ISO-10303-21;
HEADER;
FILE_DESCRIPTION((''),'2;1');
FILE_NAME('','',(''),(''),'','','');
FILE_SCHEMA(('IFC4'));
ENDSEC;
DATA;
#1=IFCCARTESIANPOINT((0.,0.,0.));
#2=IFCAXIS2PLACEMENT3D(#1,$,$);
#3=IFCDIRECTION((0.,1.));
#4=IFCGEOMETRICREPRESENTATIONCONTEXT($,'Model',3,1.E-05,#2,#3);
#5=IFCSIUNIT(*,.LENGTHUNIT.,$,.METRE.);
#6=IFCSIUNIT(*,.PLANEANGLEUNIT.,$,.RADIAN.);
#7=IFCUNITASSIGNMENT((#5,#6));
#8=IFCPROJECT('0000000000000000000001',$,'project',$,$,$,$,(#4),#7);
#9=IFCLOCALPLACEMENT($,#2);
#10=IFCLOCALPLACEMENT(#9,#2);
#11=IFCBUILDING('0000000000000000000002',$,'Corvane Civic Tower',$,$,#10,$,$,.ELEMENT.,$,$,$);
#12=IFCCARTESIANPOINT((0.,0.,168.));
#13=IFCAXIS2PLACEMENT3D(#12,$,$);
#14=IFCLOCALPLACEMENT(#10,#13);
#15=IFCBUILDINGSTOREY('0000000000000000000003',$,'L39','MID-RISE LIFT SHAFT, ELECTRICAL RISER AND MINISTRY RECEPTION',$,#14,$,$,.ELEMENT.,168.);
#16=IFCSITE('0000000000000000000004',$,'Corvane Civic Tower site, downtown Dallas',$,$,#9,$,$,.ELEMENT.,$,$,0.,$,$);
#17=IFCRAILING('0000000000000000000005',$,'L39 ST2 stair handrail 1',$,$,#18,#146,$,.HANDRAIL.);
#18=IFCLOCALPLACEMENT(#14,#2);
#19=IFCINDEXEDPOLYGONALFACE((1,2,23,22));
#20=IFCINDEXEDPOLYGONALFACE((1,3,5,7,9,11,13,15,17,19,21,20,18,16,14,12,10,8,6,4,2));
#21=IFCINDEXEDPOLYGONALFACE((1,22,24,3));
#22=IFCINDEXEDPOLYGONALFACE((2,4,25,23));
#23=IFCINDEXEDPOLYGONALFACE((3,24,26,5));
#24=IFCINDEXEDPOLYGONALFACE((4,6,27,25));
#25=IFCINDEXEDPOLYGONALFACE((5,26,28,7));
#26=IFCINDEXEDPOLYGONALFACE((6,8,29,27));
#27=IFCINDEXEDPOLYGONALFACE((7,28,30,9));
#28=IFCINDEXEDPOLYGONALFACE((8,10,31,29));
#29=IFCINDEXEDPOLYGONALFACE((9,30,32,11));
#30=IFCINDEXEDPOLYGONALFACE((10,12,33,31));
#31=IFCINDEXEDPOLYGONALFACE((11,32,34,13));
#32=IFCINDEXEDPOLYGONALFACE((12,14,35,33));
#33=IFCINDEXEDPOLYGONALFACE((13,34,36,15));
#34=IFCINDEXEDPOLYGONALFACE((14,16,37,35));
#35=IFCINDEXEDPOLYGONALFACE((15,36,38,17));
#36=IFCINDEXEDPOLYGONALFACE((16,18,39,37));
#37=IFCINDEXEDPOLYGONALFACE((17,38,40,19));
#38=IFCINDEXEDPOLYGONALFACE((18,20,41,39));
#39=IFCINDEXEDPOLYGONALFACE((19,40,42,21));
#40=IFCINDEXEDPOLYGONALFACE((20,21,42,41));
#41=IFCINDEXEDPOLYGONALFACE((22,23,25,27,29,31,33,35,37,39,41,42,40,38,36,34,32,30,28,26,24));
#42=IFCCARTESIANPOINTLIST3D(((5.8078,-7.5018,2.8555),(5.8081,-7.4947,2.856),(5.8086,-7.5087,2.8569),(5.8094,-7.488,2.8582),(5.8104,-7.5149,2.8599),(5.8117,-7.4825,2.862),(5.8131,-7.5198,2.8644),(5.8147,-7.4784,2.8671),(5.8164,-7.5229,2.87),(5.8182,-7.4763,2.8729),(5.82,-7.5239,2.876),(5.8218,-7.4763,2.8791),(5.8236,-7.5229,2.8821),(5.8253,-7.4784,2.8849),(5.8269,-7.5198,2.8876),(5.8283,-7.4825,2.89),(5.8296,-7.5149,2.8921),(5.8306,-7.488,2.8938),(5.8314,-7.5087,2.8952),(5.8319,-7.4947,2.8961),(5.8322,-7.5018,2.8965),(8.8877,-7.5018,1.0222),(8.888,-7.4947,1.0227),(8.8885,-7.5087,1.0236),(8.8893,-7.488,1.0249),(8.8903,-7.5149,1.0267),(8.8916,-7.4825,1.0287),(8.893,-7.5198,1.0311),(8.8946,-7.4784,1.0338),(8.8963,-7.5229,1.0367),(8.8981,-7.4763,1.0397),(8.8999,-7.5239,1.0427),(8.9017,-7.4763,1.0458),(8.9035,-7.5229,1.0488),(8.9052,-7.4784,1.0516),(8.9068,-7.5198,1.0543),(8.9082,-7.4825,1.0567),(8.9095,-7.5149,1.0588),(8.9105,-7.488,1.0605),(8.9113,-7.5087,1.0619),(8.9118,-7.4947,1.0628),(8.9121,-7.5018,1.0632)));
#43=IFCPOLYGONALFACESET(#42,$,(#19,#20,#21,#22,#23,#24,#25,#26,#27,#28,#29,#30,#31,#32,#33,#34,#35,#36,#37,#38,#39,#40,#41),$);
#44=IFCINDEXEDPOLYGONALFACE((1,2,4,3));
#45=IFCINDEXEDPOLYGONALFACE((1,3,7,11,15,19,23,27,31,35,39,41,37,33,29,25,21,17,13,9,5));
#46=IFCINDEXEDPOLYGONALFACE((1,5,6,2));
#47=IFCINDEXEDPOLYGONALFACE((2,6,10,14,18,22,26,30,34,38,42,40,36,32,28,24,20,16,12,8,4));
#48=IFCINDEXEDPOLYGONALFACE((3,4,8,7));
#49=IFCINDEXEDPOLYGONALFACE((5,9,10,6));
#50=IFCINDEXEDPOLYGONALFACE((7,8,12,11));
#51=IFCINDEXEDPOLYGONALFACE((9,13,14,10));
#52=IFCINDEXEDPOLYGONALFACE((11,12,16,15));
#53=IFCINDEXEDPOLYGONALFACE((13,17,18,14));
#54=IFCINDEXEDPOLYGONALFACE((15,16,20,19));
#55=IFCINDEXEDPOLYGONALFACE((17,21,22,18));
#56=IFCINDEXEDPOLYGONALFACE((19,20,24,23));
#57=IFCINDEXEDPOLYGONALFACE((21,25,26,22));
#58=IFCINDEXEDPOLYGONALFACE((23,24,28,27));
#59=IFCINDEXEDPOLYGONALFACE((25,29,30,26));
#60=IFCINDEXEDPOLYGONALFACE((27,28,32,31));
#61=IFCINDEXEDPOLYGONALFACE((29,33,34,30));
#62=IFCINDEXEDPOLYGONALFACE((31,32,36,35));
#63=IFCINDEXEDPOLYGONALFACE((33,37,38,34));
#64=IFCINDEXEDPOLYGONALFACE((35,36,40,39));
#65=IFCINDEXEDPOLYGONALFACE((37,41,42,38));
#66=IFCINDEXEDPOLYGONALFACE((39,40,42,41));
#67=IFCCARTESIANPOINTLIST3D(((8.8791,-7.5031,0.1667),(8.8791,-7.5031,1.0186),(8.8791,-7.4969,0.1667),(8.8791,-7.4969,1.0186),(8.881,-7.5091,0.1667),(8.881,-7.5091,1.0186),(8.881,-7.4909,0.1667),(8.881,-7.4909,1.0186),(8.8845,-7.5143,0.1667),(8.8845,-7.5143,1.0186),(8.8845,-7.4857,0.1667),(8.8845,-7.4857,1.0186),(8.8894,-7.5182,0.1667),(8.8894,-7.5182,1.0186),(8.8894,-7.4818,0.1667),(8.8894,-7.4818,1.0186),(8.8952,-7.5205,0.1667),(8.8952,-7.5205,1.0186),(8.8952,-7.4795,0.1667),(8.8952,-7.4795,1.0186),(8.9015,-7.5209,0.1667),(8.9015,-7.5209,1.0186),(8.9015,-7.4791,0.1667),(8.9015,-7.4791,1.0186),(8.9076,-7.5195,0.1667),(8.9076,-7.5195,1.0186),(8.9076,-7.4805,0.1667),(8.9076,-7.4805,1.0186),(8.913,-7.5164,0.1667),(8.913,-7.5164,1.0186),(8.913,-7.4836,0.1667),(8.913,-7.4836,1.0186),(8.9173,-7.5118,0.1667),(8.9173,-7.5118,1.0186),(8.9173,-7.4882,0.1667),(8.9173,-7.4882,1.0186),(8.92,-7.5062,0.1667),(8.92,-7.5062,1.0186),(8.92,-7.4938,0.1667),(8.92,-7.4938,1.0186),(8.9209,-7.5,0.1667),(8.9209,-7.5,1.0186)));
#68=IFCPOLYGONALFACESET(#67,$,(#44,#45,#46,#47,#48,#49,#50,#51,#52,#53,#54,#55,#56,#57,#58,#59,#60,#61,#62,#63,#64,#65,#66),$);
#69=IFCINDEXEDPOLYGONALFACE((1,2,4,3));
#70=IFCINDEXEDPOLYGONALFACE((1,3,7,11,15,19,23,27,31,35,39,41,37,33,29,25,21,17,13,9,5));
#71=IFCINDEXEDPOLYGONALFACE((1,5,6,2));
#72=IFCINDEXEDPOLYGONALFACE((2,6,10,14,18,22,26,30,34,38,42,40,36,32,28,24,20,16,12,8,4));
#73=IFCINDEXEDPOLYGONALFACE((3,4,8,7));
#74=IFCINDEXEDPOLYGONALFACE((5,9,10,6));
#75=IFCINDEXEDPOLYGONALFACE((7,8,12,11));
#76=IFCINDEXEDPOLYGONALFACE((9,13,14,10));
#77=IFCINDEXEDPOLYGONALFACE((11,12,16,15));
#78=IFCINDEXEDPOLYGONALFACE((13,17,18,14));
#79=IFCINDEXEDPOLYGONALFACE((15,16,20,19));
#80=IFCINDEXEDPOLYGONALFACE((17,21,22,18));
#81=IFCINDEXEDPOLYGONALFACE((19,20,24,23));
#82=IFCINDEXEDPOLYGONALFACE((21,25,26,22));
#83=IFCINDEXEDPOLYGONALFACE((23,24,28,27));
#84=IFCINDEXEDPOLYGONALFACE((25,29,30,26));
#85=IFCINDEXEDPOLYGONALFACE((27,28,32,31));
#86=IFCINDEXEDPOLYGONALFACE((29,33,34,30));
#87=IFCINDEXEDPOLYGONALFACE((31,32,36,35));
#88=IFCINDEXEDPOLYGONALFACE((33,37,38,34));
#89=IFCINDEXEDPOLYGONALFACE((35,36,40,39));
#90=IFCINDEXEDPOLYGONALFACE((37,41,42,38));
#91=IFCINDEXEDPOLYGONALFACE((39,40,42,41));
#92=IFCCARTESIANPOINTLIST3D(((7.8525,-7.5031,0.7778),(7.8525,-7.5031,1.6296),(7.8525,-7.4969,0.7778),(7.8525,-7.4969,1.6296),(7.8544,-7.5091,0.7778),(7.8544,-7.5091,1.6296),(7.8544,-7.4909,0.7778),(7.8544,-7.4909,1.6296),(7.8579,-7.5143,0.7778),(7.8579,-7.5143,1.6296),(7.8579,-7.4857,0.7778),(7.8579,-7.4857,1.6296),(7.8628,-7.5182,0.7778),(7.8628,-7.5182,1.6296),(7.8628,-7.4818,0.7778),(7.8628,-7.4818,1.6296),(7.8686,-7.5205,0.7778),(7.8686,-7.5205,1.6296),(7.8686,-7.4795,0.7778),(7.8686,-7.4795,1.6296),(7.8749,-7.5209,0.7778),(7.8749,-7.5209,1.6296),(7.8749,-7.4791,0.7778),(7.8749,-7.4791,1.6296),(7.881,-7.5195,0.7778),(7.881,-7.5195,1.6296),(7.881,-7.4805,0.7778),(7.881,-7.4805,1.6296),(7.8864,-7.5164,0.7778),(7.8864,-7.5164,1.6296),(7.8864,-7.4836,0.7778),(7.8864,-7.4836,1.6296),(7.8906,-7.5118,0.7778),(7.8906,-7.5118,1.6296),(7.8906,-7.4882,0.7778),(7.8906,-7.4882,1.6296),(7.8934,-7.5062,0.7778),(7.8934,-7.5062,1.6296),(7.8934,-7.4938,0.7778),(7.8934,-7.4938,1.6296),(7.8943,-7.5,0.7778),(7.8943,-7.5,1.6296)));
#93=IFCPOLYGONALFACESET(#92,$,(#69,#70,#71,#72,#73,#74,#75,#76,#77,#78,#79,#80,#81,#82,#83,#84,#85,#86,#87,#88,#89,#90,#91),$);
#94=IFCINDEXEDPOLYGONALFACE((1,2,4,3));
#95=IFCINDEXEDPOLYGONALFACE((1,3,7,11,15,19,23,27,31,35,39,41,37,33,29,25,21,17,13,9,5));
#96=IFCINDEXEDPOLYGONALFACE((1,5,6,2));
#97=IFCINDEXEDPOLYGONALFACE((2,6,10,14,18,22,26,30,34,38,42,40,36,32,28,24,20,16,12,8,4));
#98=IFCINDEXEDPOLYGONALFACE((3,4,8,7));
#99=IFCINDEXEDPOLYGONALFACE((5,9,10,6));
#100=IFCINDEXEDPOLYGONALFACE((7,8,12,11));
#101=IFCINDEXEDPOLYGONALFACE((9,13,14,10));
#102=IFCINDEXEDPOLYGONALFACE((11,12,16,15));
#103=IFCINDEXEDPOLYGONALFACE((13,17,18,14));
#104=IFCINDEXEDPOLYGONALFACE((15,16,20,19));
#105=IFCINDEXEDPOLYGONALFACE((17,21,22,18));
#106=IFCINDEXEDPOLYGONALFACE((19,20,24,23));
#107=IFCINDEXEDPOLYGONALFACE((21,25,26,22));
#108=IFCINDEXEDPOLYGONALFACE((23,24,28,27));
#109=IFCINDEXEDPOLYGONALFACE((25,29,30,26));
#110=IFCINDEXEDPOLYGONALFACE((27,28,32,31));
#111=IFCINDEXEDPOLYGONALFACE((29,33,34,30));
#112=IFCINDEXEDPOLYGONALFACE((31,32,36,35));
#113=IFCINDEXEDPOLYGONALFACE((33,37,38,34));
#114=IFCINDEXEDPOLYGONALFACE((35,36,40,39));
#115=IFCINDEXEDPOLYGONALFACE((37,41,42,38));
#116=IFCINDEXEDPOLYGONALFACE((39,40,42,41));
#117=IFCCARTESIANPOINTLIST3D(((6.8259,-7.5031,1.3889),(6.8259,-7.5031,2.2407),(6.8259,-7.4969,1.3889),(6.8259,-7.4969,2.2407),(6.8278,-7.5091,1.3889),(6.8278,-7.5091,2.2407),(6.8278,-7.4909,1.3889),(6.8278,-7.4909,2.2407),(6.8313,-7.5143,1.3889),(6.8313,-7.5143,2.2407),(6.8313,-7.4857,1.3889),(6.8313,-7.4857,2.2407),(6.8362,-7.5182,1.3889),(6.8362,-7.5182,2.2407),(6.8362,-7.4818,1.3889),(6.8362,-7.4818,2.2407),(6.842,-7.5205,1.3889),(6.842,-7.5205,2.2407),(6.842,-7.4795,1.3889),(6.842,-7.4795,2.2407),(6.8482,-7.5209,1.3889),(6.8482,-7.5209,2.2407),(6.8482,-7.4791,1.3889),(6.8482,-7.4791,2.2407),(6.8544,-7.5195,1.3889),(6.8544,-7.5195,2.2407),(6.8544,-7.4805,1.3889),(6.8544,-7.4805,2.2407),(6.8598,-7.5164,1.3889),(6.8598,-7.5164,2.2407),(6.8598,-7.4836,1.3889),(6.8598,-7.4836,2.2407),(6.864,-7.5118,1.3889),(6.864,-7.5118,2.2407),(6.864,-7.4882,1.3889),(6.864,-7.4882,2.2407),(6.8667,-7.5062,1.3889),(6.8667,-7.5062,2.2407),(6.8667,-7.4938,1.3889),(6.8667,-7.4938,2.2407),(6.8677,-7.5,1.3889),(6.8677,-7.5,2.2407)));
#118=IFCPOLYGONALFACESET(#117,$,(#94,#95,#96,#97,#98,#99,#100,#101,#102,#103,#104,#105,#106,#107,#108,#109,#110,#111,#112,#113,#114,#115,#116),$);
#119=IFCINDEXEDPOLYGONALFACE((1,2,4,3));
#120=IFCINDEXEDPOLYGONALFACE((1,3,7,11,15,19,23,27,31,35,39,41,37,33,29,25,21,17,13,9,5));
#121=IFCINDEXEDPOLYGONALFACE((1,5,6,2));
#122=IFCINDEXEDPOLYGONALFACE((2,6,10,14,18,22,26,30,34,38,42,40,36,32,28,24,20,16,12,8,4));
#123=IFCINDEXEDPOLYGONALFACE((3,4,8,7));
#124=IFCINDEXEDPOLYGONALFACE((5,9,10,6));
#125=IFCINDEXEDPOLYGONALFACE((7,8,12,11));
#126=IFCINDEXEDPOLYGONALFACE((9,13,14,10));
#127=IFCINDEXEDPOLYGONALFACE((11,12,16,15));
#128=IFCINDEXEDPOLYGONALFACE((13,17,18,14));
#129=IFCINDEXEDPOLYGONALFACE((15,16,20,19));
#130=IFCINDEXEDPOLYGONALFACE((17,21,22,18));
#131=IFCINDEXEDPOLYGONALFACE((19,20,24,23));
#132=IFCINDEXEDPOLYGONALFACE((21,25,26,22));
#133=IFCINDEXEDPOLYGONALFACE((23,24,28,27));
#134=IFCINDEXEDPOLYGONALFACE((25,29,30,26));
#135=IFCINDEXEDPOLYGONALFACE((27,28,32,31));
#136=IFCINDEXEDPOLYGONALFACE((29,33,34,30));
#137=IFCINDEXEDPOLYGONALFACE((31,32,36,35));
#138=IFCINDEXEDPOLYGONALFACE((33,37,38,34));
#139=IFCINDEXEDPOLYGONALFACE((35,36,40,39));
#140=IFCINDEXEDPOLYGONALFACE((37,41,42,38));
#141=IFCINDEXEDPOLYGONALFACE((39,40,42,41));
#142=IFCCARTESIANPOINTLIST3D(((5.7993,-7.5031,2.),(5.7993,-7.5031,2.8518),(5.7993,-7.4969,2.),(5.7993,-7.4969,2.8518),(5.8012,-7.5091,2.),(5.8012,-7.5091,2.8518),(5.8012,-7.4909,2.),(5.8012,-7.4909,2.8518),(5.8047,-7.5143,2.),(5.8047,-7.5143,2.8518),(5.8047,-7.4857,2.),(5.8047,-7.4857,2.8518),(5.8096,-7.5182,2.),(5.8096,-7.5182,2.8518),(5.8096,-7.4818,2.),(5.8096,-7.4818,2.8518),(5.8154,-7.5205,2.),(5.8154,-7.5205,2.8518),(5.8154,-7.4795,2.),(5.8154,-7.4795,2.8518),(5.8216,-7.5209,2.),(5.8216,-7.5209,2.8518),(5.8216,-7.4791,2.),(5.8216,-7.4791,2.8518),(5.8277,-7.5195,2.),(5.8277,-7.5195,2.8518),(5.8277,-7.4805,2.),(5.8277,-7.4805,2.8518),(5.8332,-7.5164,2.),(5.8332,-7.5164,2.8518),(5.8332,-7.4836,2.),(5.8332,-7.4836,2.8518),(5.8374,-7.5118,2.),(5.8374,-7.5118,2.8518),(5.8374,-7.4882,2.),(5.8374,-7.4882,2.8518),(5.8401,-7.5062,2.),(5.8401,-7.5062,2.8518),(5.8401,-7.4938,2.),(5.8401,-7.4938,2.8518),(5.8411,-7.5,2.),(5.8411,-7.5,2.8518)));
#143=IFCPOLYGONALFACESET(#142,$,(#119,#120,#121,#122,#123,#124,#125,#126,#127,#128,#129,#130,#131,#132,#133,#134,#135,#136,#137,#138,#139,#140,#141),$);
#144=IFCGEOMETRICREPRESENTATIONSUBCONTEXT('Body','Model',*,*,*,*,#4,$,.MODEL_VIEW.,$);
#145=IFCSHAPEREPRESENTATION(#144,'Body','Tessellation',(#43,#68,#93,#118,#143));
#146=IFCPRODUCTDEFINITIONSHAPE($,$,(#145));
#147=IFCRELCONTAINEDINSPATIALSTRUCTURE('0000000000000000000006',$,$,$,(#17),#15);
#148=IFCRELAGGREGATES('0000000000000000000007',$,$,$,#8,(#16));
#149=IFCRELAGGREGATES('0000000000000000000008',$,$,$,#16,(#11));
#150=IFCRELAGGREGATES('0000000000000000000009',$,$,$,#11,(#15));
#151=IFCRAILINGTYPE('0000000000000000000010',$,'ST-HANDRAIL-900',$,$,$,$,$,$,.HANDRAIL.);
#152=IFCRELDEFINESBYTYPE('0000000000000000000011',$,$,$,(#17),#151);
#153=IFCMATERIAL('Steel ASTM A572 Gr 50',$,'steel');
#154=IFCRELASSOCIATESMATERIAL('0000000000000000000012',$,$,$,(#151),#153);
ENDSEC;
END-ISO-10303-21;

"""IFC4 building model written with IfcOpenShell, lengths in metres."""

from ifc_helpers import new_model, si_unit, direction, frame, origin, origin_2d, place, context, subcontext, project, spatial, circle, extrude, material, type_object, element, save


model = new_model("IFC4")

# Units and contexts
model_context = context("Model", 3, precision=1e-05, world=origin(), true_north=direction((0.0, 1.0)))
body_context = subcontext(model_context, "Body", "Model", "MODEL_VIEW")
ifc_project = project(units=[si_unit("LENGTHUNIT", "METRE"), si_unit("PLANEANGLEUNIT", "RADIAN")], contexts=[model_context])

# Site, building, storey
site_placement = place(None, origin())
site = spatial("IfcSite", under=ifc_project, at=site_placement, Name="Corvane Civic Tower site, downtown Dallas", CompositionType="ELEMENT", RefElevation=0.0)
building_placement = place(site_placement, origin())
building = spatial("IfcBuilding", under=site, at=building_placement, Name="Corvane Civic Tower", CompositionType="ELEMENT")
storey_placement = place(building_placement, frame((0.0, 0.0, 168.0)))
storey = spatial("IfcBuildingStorey", under=building, at=storey_placement, Name="L39", Description="MID-RISE LIFT SHAFT, ELECTRICAL RISER AND MINISTRY RECEPTION", CompositionType="ELEMENT", Elevation=168.0)

# Railing
ifc_material_1 = material(Name="Steel ASTM A572 Gr 50", Category="steel")
railing_type_1 = type_object("IfcRailingType", Name="ST-HANDRAIL-900", PredefinedType="HANDRAIL", material=ifc_material_1)
railing_1_placement = place(storey_placement, frame((8.8999, -7.5, 0.1667)))
element("IfcRailing", 1, at=railing_1_placement, inside=storey, type_object=railing_type_1, Name="L39 ST2 stair handrail 1", PredefinedType="HANDRAIL", context=body_context, shape_type="SweptSolid", body=[
    extrude(circle(Radius=0.0239, at=origin_2d()), frame((0.0, 0.0, 0.876), z_axis=(-0.859291, 0.0, 0.511487), x_axis=(0.0, -1.0, 0.0)), (0.0, 0.0, 1.0), 3.5842),
    extrude(circle(Radius=0.021, at=origin_2d()), origin(), (0.0, 0.0, 1.0), 0.8518),
    extrude(circle(Radius=0.021, at=origin_2d()), frame((-1.0266, 0.0, 0.6111)), (0.0, 0.0, 1.0), 0.8518),
    extrude(circle(Radius=0.021, at=origin_2d()), frame((-2.0532, 0.0, 1.2222)), (0.0, 0.0, 1.0), 0.8518),
    extrude(circle(Radius=0.021, at=origin_2d()), frame((-3.0798, 0.0, 1.8333)), (0.0, 0.0, 1.0), 0.8518),
])

save(model, "model.ifc")
